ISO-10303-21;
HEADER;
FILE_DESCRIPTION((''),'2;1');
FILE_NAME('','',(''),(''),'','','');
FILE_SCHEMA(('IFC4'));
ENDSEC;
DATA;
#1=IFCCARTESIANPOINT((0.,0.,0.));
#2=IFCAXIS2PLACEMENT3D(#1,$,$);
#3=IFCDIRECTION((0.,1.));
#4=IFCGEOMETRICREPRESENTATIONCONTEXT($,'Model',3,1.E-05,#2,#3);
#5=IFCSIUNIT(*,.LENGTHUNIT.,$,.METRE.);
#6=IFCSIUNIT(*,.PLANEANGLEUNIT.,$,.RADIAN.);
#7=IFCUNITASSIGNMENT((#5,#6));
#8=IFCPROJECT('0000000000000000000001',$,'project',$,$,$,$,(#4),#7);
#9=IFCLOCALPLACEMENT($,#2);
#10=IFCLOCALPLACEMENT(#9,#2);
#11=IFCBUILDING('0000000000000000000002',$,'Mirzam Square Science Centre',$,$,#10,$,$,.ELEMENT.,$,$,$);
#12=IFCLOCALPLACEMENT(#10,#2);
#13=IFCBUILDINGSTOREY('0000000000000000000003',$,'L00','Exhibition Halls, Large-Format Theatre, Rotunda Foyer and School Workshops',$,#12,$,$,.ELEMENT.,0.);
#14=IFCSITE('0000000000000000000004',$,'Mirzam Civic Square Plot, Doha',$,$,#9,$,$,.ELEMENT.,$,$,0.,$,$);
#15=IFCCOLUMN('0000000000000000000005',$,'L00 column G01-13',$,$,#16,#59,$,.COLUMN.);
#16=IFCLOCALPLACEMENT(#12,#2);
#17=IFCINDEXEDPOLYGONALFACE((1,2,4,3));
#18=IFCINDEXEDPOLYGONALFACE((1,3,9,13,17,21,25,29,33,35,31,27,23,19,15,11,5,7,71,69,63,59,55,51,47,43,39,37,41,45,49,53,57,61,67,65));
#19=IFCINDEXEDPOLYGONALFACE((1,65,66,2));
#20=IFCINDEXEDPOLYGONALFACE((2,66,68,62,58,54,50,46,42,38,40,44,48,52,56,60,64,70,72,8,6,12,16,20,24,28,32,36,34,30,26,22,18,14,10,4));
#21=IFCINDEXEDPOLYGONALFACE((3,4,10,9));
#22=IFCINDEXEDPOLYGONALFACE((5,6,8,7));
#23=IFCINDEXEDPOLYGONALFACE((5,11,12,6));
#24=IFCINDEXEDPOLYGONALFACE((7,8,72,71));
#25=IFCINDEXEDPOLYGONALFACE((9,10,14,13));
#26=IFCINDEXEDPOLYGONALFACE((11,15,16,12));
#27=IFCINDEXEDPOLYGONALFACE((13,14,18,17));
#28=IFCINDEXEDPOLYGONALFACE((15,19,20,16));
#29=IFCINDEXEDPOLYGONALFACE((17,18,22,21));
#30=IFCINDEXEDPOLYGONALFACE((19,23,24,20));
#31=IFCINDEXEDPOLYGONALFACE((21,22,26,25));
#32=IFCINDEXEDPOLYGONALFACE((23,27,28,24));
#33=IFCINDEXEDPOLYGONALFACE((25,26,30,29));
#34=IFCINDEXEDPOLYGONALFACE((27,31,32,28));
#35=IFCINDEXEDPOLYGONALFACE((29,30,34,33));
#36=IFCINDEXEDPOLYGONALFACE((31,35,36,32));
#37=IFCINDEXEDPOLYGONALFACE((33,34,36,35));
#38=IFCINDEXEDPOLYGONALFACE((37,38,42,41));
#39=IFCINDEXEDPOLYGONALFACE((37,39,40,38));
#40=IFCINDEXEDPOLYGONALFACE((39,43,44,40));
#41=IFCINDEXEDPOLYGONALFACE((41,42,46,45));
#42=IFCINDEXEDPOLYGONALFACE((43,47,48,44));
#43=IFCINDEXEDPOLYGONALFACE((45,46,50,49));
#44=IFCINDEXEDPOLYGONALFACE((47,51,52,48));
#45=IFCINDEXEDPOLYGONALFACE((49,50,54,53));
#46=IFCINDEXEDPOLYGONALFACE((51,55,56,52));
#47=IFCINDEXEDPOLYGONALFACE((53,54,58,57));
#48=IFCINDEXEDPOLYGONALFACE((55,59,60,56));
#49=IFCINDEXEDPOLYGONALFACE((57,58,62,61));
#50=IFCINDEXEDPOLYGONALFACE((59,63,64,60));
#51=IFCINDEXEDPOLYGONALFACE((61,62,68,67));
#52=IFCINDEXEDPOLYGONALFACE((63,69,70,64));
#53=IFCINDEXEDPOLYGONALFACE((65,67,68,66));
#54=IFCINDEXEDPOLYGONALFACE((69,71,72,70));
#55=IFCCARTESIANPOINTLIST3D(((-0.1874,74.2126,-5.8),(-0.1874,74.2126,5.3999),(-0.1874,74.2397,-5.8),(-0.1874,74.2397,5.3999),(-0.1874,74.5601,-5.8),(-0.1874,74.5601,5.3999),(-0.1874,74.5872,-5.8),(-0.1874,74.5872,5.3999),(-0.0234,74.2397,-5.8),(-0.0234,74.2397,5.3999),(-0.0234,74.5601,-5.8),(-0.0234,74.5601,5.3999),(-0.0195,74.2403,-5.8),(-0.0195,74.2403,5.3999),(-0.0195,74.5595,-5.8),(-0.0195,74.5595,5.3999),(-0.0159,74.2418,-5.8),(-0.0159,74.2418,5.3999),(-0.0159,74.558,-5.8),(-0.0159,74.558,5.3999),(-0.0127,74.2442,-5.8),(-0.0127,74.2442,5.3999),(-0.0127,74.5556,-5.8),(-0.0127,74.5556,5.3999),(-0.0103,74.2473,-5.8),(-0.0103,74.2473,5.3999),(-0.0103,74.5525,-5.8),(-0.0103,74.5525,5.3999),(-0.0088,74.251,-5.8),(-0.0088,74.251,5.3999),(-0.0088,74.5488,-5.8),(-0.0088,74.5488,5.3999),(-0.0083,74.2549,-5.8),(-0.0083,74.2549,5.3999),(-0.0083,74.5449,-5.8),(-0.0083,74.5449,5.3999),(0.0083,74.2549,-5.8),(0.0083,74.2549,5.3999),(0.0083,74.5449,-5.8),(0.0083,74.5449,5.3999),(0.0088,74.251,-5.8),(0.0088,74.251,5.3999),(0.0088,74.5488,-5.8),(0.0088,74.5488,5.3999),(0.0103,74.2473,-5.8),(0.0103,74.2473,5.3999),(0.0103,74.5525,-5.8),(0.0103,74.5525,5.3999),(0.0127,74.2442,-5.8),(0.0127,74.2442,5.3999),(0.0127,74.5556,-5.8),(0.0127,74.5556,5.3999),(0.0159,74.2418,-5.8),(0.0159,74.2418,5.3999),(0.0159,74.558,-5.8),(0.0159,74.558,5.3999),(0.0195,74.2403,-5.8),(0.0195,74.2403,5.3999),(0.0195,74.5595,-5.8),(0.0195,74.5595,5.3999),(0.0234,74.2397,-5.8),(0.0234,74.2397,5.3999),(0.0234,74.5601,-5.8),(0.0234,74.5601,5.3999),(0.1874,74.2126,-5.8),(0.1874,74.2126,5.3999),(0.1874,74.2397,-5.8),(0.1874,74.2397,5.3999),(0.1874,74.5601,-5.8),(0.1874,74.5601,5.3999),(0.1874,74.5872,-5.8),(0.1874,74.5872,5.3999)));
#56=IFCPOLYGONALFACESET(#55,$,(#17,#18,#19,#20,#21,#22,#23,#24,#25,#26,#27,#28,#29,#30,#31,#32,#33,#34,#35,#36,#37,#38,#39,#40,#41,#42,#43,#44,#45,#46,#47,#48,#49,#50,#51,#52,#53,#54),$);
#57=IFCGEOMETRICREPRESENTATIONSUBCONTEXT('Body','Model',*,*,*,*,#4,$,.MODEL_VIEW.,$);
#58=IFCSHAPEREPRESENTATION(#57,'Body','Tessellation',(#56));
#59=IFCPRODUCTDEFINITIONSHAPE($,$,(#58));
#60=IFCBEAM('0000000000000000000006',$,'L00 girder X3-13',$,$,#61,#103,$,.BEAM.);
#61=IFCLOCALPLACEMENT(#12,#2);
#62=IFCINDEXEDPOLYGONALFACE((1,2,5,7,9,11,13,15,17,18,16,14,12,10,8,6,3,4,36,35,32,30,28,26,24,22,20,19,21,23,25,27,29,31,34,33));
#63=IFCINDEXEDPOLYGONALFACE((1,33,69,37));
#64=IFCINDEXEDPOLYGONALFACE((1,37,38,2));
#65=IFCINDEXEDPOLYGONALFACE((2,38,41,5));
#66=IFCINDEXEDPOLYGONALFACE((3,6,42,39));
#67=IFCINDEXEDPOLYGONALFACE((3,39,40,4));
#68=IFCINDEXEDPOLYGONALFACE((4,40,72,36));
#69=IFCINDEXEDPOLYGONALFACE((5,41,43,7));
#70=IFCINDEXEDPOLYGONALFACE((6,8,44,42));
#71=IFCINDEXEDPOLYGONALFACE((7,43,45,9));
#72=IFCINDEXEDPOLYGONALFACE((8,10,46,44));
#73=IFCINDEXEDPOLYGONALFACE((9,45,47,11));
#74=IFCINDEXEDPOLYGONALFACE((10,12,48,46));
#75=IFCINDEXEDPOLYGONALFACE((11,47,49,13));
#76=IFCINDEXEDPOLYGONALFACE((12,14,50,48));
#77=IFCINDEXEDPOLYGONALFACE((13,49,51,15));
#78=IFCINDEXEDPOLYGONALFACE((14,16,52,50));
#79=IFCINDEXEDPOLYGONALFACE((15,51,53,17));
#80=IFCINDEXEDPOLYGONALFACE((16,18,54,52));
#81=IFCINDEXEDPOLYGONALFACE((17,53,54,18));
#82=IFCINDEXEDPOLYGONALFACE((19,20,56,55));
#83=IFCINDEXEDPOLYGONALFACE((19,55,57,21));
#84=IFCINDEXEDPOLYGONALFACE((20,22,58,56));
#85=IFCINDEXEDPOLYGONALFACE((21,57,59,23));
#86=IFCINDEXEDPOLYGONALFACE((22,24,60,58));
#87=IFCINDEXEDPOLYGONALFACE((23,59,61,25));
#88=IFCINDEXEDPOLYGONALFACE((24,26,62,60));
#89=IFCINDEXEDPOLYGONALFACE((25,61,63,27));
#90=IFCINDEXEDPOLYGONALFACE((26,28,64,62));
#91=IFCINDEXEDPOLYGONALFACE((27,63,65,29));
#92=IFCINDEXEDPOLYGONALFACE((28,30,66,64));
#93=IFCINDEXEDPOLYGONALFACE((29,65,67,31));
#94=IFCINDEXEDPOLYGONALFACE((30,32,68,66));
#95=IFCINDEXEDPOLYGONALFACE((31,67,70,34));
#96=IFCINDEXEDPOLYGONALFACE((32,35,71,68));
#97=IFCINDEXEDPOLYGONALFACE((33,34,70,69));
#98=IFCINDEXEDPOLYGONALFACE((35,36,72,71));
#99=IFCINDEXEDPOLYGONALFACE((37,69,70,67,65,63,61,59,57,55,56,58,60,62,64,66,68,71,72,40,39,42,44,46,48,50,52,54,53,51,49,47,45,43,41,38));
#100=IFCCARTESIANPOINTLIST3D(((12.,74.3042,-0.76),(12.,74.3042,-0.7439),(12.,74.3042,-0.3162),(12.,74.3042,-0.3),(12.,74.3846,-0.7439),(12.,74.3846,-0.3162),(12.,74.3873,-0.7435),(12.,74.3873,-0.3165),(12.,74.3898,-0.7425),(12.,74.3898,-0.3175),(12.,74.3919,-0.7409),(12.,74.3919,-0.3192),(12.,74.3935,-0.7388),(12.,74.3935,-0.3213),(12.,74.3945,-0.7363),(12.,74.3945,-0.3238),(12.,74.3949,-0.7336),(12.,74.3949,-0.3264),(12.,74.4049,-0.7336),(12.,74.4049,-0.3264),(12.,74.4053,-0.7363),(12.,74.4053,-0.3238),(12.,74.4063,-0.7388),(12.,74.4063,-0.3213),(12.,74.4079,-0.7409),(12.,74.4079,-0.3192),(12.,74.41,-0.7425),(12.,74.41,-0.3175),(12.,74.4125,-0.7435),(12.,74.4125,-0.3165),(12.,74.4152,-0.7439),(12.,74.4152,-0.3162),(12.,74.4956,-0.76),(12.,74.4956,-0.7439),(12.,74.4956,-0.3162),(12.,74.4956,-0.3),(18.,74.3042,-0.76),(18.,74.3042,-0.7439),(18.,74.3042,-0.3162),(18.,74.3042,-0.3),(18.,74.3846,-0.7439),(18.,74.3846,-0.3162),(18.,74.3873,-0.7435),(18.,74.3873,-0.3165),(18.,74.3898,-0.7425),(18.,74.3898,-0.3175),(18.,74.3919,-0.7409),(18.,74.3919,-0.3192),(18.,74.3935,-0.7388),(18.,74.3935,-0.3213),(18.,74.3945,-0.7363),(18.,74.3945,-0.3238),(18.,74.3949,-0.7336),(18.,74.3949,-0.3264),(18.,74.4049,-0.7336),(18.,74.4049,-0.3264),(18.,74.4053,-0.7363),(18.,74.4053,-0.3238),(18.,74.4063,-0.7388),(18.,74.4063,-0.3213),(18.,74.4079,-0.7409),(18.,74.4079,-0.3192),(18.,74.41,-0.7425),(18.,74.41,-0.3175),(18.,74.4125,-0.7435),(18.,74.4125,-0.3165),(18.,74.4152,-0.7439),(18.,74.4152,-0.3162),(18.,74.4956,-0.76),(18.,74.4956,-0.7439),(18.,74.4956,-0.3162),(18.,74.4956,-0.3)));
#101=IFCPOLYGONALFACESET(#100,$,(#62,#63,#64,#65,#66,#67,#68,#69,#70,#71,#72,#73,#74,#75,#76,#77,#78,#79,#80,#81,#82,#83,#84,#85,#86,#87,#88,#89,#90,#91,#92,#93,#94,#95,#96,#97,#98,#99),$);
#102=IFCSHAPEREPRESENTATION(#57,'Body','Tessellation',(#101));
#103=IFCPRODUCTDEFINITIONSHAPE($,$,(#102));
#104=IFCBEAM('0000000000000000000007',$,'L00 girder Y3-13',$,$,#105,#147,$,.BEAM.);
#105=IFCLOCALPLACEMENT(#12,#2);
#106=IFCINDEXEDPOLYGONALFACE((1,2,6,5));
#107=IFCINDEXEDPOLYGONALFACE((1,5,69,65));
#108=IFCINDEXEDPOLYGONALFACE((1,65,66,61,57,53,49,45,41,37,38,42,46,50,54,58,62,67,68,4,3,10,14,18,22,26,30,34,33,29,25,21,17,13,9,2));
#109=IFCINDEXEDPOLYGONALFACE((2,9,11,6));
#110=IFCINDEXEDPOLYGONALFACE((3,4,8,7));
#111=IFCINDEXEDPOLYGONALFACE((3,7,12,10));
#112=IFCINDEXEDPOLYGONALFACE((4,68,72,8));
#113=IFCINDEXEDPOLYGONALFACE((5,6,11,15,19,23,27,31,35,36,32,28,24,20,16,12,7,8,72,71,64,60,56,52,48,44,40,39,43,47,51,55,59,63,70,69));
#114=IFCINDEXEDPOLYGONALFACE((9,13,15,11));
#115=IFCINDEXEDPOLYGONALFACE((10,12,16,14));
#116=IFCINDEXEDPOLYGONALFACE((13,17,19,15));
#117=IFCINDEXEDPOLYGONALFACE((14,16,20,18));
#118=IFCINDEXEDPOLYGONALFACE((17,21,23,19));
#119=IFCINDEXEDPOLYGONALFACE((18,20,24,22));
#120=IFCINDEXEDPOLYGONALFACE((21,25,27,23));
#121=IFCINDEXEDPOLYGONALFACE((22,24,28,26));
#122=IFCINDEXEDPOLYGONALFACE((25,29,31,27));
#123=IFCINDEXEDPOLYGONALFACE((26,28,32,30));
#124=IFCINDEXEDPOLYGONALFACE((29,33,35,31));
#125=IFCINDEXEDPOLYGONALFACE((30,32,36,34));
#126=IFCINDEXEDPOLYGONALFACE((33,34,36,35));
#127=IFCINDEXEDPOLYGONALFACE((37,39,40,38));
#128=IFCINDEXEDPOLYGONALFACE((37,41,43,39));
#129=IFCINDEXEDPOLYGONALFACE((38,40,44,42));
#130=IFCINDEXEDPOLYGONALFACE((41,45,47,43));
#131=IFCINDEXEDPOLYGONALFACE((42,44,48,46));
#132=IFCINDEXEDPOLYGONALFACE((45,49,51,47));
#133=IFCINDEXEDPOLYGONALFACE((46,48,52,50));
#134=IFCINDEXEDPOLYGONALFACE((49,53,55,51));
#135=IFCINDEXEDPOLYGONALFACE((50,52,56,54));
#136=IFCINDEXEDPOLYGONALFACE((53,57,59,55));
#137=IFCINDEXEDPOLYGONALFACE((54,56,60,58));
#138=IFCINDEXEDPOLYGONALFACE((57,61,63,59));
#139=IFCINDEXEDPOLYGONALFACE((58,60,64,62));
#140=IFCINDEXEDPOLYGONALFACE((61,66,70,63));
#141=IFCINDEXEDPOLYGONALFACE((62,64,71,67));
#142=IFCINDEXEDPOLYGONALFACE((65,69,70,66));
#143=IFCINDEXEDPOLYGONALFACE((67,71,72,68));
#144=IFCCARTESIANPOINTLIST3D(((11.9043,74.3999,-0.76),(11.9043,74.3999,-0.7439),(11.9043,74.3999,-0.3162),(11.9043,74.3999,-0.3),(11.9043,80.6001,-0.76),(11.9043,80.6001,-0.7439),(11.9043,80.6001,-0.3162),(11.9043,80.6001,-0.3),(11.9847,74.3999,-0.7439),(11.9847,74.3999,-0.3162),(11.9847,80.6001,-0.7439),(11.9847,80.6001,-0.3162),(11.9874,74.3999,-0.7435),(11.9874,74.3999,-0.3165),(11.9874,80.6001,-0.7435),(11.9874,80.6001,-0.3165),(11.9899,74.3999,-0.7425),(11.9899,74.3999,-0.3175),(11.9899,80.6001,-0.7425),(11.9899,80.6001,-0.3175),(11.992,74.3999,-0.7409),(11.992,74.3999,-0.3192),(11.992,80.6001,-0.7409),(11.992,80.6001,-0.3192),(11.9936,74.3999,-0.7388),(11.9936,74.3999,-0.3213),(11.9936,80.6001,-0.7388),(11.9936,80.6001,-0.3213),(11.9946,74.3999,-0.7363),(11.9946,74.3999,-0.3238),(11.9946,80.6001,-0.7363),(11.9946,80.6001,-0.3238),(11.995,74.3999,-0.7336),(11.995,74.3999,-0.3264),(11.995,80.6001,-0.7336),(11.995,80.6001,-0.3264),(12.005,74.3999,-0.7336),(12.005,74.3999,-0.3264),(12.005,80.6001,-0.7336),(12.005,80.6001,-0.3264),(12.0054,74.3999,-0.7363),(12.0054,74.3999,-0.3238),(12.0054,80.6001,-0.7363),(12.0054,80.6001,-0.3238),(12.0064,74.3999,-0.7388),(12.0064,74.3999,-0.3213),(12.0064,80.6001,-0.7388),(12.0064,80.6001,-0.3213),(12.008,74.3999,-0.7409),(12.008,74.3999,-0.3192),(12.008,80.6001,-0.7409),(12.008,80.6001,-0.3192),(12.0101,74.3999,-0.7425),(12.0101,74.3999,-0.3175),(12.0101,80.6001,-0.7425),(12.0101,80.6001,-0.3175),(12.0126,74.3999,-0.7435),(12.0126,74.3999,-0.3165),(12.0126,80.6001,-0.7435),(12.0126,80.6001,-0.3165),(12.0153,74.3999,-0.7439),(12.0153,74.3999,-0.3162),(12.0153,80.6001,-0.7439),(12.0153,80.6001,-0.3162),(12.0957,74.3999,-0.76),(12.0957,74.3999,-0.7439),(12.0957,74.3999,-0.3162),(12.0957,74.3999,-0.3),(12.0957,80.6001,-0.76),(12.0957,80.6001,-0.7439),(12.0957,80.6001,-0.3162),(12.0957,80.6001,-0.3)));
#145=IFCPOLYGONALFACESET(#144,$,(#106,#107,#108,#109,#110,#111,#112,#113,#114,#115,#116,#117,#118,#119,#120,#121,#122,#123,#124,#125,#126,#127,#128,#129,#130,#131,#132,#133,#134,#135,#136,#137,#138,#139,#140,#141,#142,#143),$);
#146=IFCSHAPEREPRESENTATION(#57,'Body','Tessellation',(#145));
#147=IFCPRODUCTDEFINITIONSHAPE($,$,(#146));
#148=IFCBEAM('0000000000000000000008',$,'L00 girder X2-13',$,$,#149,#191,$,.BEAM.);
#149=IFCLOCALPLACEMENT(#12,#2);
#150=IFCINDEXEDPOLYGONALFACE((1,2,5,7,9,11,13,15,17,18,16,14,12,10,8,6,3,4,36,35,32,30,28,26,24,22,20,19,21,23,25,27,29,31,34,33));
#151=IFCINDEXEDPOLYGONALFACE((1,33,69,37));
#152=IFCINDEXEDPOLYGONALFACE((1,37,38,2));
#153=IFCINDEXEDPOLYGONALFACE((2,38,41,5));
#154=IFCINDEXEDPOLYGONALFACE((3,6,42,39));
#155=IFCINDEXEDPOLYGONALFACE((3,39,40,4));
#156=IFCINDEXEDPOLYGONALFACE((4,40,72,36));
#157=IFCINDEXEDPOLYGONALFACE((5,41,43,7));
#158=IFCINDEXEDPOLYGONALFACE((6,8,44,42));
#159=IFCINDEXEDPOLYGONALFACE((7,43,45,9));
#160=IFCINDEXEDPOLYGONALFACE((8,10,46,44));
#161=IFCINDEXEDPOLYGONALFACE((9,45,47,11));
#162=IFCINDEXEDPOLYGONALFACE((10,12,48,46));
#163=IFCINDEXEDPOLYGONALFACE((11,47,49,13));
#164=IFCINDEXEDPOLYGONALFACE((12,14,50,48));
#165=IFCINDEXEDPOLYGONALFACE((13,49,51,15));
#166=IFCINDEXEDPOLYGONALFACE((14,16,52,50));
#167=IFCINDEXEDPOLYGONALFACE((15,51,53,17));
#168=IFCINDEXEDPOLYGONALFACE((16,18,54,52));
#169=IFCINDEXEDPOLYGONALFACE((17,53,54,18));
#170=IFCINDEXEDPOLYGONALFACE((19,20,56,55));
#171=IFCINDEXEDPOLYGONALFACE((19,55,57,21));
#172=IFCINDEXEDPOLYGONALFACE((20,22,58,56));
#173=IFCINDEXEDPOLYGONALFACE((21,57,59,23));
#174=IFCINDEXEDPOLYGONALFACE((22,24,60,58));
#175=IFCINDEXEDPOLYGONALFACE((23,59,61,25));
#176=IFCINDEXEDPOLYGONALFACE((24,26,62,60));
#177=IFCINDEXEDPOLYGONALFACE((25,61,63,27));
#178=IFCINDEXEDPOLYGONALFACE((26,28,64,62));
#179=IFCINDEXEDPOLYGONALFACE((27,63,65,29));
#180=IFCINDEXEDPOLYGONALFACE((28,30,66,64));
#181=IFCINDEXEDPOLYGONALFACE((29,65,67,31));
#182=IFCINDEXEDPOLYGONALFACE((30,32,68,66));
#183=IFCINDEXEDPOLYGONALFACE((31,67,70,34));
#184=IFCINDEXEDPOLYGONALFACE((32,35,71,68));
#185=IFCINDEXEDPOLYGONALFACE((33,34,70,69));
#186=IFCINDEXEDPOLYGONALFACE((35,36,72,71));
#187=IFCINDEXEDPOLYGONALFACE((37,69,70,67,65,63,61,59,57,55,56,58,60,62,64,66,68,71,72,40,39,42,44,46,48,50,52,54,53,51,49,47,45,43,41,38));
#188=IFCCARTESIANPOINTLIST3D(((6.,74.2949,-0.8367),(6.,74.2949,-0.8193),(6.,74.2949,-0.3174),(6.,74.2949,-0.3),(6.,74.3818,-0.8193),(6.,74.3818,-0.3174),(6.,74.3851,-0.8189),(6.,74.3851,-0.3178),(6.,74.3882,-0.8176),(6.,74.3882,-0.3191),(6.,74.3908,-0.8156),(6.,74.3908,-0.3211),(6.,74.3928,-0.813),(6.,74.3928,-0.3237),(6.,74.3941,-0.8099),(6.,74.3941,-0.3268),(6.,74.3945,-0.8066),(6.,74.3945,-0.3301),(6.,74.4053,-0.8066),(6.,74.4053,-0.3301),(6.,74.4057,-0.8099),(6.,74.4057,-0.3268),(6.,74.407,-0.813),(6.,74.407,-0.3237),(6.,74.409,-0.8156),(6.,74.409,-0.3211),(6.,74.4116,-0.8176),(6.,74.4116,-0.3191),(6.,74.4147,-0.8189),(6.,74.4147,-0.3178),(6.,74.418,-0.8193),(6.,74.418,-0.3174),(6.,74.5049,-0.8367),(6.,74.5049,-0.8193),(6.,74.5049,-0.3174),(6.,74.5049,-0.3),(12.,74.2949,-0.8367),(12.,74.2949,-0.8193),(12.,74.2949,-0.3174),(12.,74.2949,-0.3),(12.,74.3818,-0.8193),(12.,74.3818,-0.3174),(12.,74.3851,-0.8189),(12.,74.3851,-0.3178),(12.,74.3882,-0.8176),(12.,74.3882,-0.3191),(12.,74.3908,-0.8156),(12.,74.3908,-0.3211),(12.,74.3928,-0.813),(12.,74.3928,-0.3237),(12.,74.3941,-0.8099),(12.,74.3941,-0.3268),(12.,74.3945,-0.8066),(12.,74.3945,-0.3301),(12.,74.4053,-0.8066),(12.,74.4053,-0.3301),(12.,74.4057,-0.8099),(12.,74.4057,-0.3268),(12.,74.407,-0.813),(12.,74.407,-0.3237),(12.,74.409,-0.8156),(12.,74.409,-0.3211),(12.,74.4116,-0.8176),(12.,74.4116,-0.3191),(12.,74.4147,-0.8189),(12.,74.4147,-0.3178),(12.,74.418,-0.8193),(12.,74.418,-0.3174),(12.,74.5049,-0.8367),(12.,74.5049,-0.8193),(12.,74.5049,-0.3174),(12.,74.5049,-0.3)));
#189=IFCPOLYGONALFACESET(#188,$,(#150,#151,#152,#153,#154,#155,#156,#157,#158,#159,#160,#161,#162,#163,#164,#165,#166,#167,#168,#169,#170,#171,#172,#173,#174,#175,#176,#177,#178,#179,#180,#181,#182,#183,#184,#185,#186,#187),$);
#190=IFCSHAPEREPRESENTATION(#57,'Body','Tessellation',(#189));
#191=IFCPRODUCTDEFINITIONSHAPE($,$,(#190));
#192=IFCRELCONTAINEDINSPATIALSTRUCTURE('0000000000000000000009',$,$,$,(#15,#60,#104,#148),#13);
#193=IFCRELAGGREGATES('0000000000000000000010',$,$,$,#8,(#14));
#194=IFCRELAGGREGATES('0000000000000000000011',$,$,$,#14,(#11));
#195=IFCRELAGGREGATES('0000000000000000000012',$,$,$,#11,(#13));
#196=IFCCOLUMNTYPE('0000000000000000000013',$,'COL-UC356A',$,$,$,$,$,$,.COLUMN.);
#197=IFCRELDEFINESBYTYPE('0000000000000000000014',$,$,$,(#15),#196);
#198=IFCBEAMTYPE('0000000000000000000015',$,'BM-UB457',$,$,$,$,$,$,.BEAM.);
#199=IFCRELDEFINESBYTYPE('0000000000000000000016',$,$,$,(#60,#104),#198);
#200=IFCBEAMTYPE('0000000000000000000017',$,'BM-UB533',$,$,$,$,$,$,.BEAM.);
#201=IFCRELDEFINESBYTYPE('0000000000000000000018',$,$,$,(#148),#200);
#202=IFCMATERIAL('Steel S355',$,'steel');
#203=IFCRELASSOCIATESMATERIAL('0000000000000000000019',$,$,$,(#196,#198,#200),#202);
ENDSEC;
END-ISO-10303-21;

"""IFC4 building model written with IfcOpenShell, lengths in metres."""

from ifc_helpers import new_model, si_unit, direction, frame, origin, origin_2d, place, context, subcontext, project, spatial, i_section, extrude, material, material_profile, profile_set, type_object, element, save


model = new_model("IFC4")

# Units and contexts
model_context = context("Model", 3, precision=1e-05, world=origin(), true_north=direction((0.0, 1.0)))
body_context = subcontext(model_context, "Body", "Model", "MODEL_VIEW")
ifc_project = project(units=[si_unit("LENGTHUNIT", "METRE"), si_unit("PLANEANGLEUNIT", "RADIAN")], contexts=[model_context])

# Site, building, storey
site_placement = place(None, origin())
site = spatial("IfcSite", under=ifc_project, at=site_placement, Name="Mirzam Civic Square Plot, Doha", CompositionType="ELEMENT", RefElevation=0.0)
building_placement = place(site_placement, origin())
building = spatial("IfcBuilding", under=site, at=building_placement, Name="Mirzam Square Science Centre", CompositionType="ELEMENT")
storey_placement = place(building_placement, origin())
storey = spatial("IfcBuildingStorey", under=building, at=storey_placement, Name="L00", Description="Exhibition Halls, Large-Format Theatre, Rotunda Foyer and School Workshops", CompositionType="ELEMENT", Elevation=0.0)

# Column
ifc_material_1 = material(Name="Steel S355", Category="steel")
ifc_material_profile_1 = material_profile(ifc_material_1, i_section(OverallWidth=0.3748, OverallDepth=0.3745, WebThickness=0.0166, FlangeThickness=0.0271, FilletRadius=0.0151, at=origin_2d()), Name="356x368x202UC")
ifc_profile_set_1 = profile_set([ifc_material_profile_1], Name="Steel S355")
column_type_1 = type_object("IfcColumnType", Name="COL-UC356A", PredefinedType="COLUMN", material=ifc_profile_set_1)
column_1_placement = place(storey_placement, frame((0.0, 74.3999, -5.8), z_axis=(0.0, 0.0, 1.0), x_axis=(1.0, 0.0, 0.0)))
element("IfcColumn", 1, at=column_1_placement, inside=storey, type_object=column_type_1, Name="L00 column G01-13", PredefinedType="COLUMN", context=body_context, shape_type="SweptSolid", body=[
    extrude(i_section(OverallWidth=0.3748, OverallDepth=0.3745, WebThickness=0.0166, FlangeThickness=0.0271, FilletRadius=0.0151, at=origin_2d()), origin(), (0.0, 0.0, 1.0), 11.2),
])

# Beams
ifc_material_profile_2 = material_profile(ifc_material_1, i_section(OverallWidth=0.1914, OverallDepth=0.46, WebThickness=0.01, FlangeThickness=0.0161, FilletRadius=0.0103, at=origin_2d()), Name="457x191x82UB")
ifc_profile_set_2 = profile_set([ifc_material_profile_2], Name="Steel S355")
beam_type_1 = type_object("IfcBeamType", Name="BM-UB457", PredefinedType="BEAM", material=ifc_profile_set_2)
beam_1_placement = place(storey_placement, frame((12.0, 74.3999, -0.53), z_axis=(1.0, 0.0, 0.0), x_axis=(0.0, 1.0, 0.0)))
element("IfcBeam", 2, at=beam_1_placement, inside=storey, type_object=beam_type_1, Name="L00 girder X3-13", PredefinedType="BEAM", context=body_context, shape_type="SweptSolid", body=[
    extrude(i_section(OverallWidth=0.1914, OverallDepth=0.46, WebThickness=0.01, FlangeThickness=0.0161, FilletRadius=0.0103, at=origin_2d()), origin(), (0.0, 0.0, 1.0), 6.0),
])
beam_2_placement = place(storey_placement, frame((12.0, 74.3999, -0.53), z_axis=(0.0, 1.0, 0.0), x_axis=(-1.0, 0.0, 0.0)))
element("IfcBeam", 3, at=beam_2_placement, inside=storey, type_object=beam_type_1, Name="L00 girder Y3-13", PredefinedType="BEAM", context=body_context, shape_type="SweptSolid", body=[
    extrude(i_section(OverallWidth=0.1914, OverallDepth=0.46, WebThickness=0.01, FlangeThickness=0.0161, FilletRadius=0.0103, at=origin_2d()), origin(), (0.0, 0.0, 1.0), 6.2002),
])
ifc_material_profile_3 = material_profile(ifc_material_1, i_section(OverallWidth=0.21, OverallDepth=0.5366, WebThickness=0.0107, FlangeThickness=0.0173, FilletRadius=0.0127, at=origin_2d()), Name="533x210x101UB")
ifc_profile_set_3 = profile_set([ifc_material_profile_3], Name="Steel S355")
beam_type_2 = type_object("IfcBeamType", Name="BM-UB533", PredefinedType="BEAM", material=ifc_profile_set_3)
beam_3_placement = place(storey_placement, frame((6.0, 74.3999, -0.5684), z_axis=(1.0, 0.0, 0.0), x_axis=(0.0, 1.0, 0.0)))
element("IfcBeam", 4, at=beam_3_placement, inside=storey, type_object=beam_type_2, Name="L00 girder X2-13", PredefinedType="BEAM", context=body_context, shape_type="SweptSolid", body=[
    extrude(i_section(OverallWidth=0.21, OverallDepth=0.5366, WebThickness=0.0107, FlangeThickness=0.0173, FilletRadius=0.0127, at=origin_2d()), origin(), (0.0, 0.0, 1.0), 6.0),
])

save(model, "model.ifc")
